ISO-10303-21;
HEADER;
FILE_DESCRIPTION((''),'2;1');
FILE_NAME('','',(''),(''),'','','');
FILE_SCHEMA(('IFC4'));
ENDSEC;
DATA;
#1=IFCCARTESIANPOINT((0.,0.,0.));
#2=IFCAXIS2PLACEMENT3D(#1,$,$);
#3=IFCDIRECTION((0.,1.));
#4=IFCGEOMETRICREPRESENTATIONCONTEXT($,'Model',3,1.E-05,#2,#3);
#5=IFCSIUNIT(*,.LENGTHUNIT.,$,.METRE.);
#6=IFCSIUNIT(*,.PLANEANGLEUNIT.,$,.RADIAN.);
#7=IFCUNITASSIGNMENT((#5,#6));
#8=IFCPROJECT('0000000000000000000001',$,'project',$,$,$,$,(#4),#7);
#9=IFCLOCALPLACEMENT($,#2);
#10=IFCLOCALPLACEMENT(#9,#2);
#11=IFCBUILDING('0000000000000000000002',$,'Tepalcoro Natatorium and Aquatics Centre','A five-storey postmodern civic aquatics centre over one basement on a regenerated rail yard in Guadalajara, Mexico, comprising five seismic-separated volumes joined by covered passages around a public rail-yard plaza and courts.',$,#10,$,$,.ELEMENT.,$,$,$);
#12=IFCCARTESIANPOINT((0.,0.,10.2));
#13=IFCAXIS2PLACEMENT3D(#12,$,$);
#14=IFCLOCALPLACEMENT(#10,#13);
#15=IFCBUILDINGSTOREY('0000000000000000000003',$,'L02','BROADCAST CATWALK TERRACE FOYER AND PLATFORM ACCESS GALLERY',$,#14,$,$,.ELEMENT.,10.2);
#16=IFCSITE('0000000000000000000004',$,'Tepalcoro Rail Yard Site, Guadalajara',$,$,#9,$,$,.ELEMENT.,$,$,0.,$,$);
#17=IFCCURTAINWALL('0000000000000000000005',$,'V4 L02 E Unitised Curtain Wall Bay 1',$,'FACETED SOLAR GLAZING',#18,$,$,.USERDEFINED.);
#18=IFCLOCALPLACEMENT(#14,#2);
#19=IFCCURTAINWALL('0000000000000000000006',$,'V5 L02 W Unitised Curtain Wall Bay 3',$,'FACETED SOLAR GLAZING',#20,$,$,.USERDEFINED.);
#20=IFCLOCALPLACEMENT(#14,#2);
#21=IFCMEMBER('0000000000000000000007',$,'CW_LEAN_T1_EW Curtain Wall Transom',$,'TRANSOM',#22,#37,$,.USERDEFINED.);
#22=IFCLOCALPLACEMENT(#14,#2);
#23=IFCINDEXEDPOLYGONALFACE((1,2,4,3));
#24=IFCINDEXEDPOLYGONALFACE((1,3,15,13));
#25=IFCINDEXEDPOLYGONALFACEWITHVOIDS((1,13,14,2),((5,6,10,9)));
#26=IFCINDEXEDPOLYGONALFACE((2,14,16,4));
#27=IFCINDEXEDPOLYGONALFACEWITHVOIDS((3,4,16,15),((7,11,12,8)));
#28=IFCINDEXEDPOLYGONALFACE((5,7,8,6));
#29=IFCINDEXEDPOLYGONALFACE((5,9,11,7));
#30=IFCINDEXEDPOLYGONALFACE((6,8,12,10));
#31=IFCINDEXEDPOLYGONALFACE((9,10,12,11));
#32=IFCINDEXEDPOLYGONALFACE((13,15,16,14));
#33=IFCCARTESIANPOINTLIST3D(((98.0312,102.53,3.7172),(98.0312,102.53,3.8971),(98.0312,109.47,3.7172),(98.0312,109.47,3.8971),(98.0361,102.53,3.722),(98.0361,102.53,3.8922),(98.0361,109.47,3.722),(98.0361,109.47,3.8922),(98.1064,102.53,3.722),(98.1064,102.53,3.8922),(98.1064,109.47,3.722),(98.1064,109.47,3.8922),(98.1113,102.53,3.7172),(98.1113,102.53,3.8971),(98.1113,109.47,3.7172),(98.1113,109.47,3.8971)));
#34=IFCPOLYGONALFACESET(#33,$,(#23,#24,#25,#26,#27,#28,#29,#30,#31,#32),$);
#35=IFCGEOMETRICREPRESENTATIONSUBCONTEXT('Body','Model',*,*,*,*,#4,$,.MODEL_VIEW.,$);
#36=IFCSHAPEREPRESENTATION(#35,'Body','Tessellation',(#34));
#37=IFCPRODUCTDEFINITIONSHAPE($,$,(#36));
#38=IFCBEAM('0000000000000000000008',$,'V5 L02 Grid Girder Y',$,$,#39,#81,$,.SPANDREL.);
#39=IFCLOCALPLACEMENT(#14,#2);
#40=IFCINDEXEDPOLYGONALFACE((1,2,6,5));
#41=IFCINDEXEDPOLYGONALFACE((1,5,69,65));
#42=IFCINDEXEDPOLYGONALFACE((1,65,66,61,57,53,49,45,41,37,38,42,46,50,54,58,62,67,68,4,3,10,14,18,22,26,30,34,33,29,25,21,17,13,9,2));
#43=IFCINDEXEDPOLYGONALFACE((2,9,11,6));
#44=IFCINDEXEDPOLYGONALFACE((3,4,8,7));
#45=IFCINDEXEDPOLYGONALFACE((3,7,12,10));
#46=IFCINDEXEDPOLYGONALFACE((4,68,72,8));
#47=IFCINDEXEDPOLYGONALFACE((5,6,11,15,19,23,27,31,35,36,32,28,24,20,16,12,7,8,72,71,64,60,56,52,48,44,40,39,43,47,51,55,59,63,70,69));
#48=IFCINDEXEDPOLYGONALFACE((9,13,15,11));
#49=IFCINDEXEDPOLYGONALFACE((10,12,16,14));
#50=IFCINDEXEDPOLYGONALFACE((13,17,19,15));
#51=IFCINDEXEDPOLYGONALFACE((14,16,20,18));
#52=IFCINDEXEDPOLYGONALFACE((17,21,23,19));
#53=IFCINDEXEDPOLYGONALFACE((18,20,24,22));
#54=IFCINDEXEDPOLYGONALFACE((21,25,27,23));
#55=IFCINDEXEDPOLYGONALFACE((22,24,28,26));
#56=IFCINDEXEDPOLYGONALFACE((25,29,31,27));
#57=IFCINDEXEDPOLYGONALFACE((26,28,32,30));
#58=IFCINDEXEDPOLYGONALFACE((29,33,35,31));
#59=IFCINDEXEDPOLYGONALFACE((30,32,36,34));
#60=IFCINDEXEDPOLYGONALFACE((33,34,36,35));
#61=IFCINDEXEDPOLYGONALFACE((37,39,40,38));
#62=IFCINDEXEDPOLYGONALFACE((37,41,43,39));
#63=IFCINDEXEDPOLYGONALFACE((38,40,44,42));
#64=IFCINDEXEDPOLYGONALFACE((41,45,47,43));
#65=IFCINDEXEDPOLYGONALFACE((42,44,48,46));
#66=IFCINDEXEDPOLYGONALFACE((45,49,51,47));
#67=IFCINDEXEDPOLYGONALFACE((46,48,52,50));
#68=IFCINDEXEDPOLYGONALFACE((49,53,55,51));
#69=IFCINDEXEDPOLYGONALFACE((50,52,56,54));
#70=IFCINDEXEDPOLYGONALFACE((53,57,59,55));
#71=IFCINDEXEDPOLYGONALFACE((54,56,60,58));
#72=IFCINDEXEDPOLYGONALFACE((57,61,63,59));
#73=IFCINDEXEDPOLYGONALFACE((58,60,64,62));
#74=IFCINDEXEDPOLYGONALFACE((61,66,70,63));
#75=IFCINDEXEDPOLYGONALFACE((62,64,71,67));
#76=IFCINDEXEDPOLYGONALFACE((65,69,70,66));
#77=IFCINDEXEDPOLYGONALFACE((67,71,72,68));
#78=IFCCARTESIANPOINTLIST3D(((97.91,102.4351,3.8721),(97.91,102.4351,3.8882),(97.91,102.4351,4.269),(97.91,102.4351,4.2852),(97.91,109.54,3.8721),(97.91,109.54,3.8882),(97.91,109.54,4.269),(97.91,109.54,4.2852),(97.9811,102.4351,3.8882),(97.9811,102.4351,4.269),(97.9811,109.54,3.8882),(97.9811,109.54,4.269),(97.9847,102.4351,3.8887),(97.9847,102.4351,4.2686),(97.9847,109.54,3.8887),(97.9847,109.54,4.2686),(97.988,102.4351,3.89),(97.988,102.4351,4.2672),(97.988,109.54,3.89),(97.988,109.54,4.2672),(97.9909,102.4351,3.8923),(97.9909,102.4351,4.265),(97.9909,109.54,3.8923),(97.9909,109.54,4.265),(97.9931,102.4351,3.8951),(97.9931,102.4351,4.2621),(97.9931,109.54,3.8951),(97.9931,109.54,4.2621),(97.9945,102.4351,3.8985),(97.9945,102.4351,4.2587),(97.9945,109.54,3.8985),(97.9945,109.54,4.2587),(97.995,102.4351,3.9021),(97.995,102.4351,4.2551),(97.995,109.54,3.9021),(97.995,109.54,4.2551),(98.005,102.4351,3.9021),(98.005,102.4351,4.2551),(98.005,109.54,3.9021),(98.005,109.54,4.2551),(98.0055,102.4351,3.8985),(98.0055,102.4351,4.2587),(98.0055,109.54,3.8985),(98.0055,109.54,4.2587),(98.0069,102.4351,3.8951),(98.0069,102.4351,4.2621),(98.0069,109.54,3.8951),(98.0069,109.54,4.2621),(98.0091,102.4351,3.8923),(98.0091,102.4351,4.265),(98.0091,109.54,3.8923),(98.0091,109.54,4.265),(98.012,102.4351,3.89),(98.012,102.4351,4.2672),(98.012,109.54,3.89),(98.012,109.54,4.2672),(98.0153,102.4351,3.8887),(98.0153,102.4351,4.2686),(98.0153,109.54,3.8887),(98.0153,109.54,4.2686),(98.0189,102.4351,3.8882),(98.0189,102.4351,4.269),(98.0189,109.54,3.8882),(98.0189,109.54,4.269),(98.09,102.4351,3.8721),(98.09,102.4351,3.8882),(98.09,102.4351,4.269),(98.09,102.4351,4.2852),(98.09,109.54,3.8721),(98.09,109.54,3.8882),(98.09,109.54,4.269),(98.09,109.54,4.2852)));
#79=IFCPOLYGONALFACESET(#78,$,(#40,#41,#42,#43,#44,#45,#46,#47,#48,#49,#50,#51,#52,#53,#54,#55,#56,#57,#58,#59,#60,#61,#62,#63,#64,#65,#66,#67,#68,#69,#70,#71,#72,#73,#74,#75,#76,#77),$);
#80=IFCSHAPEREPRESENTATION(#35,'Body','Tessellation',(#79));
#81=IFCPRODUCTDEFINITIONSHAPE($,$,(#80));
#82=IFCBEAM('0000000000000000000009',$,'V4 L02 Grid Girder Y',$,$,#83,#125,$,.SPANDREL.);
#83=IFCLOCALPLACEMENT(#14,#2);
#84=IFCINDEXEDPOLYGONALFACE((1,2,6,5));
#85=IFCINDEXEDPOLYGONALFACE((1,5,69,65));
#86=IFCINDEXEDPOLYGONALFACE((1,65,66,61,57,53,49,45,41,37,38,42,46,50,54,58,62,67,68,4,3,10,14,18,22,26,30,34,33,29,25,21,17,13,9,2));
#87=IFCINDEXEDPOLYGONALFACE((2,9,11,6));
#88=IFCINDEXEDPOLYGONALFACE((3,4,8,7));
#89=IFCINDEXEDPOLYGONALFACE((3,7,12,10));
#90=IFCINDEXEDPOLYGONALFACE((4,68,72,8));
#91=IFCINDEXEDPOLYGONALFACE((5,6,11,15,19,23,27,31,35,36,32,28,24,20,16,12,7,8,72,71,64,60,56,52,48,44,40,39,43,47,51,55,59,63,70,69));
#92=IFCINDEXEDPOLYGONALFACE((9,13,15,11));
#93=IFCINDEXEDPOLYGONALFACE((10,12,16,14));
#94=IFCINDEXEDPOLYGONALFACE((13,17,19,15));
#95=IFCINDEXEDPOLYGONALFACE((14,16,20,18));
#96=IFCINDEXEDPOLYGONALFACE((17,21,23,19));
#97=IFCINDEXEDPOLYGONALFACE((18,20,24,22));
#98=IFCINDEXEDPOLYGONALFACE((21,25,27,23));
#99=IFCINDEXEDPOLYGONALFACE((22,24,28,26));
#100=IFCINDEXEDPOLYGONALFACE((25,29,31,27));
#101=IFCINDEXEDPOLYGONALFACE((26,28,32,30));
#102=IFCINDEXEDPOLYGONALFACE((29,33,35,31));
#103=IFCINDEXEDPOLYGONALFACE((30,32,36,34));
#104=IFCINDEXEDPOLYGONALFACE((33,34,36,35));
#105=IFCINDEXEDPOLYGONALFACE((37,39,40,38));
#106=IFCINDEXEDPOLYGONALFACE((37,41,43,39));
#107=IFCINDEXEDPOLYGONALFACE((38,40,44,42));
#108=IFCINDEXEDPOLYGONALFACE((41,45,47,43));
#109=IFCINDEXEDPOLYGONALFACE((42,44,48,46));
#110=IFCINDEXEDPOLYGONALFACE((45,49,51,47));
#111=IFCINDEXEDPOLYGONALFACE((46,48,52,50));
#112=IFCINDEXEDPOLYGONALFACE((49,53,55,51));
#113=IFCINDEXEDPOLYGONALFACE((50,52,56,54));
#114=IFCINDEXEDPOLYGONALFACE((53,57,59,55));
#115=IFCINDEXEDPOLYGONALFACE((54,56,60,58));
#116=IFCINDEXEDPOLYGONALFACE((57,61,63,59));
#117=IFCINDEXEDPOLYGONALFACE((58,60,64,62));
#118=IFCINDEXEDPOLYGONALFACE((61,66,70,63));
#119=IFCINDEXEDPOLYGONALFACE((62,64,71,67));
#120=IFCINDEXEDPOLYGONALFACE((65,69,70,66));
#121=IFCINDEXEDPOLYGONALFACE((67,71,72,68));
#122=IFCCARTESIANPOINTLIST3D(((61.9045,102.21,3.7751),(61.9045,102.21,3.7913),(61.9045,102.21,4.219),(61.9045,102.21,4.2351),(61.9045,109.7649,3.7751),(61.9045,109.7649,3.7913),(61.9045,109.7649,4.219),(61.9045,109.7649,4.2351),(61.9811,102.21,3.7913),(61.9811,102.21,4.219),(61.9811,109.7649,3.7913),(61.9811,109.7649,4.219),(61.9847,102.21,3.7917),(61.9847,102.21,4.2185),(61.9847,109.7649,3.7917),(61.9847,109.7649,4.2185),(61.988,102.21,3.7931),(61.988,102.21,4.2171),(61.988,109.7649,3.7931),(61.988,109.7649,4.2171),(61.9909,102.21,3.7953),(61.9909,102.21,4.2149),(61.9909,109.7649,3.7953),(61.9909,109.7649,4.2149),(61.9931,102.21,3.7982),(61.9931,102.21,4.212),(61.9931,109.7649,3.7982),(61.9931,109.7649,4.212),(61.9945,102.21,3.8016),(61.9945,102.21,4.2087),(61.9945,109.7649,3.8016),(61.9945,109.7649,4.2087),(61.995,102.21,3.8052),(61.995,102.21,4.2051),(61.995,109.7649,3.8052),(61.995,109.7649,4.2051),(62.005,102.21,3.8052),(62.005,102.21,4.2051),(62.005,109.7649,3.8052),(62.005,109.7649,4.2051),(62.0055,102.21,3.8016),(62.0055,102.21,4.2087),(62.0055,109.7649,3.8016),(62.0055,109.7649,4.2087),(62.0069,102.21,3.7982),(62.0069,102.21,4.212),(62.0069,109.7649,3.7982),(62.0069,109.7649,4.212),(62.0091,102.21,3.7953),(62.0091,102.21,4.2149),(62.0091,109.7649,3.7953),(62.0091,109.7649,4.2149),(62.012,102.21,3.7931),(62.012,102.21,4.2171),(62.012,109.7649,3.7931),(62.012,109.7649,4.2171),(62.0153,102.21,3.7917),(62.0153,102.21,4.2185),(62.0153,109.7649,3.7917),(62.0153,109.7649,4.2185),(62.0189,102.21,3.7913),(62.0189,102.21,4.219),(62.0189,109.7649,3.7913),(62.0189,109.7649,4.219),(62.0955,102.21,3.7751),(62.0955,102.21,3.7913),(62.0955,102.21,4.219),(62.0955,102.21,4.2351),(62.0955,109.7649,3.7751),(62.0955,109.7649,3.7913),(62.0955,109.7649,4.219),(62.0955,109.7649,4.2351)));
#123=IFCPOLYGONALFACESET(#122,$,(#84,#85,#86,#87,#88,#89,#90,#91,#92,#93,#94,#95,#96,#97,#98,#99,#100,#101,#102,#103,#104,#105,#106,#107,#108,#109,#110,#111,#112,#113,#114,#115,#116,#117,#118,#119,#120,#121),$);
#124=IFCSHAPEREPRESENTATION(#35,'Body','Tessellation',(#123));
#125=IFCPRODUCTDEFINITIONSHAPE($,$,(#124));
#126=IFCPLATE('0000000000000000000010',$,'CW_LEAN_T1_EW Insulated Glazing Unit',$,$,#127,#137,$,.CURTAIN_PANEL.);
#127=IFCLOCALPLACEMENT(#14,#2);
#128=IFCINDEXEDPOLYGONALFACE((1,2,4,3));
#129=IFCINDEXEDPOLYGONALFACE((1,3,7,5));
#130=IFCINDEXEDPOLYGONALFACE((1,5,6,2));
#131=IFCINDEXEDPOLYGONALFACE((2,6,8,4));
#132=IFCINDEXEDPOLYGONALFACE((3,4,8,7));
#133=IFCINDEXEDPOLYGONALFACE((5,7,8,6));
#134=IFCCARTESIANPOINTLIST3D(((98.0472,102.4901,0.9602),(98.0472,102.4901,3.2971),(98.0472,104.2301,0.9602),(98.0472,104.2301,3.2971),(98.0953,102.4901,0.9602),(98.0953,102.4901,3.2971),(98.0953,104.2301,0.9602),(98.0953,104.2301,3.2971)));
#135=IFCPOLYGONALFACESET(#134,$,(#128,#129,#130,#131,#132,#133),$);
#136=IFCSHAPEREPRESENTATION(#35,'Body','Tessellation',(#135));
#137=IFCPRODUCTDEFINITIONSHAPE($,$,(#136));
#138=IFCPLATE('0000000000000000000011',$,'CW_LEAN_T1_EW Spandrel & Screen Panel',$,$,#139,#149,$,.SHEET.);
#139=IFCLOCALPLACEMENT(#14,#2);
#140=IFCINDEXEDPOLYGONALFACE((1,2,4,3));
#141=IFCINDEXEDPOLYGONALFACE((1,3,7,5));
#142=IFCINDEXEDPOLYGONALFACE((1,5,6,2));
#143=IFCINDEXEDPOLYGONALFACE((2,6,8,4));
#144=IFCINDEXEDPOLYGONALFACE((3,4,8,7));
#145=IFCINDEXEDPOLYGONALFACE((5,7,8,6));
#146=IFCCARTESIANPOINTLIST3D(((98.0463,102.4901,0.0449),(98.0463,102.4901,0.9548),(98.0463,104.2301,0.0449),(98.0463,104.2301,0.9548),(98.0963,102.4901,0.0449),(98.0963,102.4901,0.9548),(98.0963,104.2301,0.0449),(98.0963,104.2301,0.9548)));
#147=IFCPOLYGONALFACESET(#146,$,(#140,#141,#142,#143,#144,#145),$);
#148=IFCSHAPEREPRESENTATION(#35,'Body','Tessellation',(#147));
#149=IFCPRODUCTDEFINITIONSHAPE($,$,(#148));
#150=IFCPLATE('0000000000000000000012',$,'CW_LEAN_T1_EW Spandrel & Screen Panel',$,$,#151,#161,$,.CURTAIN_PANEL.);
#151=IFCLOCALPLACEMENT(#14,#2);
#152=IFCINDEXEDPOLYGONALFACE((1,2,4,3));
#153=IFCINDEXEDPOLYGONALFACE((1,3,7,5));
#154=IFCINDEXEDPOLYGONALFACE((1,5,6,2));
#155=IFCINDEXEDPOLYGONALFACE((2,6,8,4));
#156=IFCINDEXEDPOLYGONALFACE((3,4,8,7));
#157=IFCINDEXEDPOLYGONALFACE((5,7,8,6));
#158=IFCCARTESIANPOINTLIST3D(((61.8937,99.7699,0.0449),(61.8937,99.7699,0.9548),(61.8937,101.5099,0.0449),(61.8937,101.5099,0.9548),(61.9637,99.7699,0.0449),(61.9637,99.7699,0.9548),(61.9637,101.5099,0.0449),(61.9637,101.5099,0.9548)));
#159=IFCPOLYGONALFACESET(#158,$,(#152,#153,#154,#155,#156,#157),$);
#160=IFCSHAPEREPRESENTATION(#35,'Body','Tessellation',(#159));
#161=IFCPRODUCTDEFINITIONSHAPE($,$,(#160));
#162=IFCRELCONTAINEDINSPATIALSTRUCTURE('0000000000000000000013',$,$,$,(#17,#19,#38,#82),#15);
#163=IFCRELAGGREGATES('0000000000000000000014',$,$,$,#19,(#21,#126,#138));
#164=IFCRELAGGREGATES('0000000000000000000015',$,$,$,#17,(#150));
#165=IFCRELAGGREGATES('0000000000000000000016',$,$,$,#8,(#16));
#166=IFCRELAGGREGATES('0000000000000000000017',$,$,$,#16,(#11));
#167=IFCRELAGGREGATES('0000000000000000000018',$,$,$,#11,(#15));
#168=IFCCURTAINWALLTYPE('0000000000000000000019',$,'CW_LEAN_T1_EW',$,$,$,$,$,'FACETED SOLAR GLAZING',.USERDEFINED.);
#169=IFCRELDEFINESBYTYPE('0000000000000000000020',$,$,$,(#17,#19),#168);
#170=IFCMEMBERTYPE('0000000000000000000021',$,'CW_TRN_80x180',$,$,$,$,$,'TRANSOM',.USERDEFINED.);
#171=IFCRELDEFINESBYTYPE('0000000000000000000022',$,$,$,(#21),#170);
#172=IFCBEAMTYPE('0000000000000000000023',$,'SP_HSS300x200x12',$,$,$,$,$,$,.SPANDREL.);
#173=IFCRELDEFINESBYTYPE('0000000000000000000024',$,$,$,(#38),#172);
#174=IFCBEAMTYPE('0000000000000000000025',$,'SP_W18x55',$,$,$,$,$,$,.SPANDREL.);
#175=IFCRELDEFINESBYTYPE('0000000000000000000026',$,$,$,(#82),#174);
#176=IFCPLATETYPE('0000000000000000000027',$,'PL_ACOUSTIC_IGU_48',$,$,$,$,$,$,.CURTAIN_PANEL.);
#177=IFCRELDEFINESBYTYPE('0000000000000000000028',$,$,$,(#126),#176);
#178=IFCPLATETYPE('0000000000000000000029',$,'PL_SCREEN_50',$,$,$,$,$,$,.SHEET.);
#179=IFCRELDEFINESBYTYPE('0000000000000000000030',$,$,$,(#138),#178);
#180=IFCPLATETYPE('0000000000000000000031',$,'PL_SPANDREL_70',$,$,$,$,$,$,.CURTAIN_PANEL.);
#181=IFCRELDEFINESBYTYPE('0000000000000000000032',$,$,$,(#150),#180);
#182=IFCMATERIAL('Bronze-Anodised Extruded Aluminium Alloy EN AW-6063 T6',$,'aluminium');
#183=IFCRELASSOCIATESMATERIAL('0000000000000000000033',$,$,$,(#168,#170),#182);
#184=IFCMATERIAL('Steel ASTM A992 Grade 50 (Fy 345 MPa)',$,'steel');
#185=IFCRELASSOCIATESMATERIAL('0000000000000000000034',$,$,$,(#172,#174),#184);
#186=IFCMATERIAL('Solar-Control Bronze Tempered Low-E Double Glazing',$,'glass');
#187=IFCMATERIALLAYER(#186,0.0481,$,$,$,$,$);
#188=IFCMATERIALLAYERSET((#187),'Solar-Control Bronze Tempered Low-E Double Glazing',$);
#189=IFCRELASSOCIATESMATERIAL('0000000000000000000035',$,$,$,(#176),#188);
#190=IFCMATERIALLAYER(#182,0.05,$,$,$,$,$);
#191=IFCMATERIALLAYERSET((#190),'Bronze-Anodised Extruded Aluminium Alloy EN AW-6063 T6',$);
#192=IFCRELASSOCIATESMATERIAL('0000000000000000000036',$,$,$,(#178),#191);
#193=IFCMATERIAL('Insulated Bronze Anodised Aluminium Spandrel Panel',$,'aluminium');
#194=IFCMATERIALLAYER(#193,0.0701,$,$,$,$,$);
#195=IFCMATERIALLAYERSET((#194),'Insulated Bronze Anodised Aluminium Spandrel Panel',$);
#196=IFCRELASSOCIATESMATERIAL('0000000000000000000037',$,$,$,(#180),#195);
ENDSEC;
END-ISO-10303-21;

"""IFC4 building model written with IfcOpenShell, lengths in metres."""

from ifc_helpers import new_model, si_unit, direction, frame, origin, origin_2d, place, context, subcontext, project, spatial, rectangle, hollow_rectangle, i_section, extrude, material, layer, layer_set, material_profile, profile_set, type_object, element, aggregate, save


model = new_model("IFC4")

# Units and contexts
model_context = context("Model", 3, precision=1e-05, world=origin(), true_north=direction((0.0, 1.0)))
body_context = subcontext(model_context, "Body", "Model", "MODEL_VIEW")
ifc_project = project(units=[si_unit("LENGTHUNIT", "METRE"), si_unit("PLANEANGLEUNIT", "RADIAN")], contexts=[model_context])

# Site, building, storey
site_placement = place(None, origin())
site = spatial("IfcSite", under=ifc_project, at=site_placement, Name="Tepalcoro Rail Yard Site, Guadalajara", CompositionType="ELEMENT", RefElevation=0.0)
building_placement = place(site_placement, origin())
building = spatial("IfcBuilding", under=site, at=building_placement, Name="Tepalcoro Natatorium and Aquatics Centre", Description="A five-storey postmodern civic aquatics centre over one basement on a regenerated rail yard in Guadalajara, Mexico, comprising five seismic-separated volumes joined by covered passages around a public rail-yard plaza and courts.", CompositionType="ELEMENT")
storey_placement = place(building_placement, frame((0.0, 0.0, 10.2)))
storey = spatial("IfcBuildingStorey", under=building, at=storey_placement, Name="L02", Description="BROADCAST CATWALK TERRACE FOYER AND PLATFORM ACCESS GALLERY", CompositionType="ELEMENT", Elevation=10.2)

# Shared definitions
ifc_material_1 = material(Name="Steel ASTM A992 Grade 50 (Fy 345 MPa)", Category="steel")

# Curtain wall
ifc_material_2 = material(Name="Bronze-Anodised Extruded Aluminium Alloy EN AW-6063 T6", Category="aluminium")
curtain_wall_type = type_object("IfcCurtainWallType", Name="CW_LEAN_T1_EW", ElementType="FACETED SOLAR GLAZING", PredefinedType="USERDEFINED", material=ifc_material_2)
curtain_wall_1_placement = place(storey_placement, origin())
curtain_wall_1 = element("IfcCurtainWall", 1, at=curtain_wall_1_placement, inside=storey, type_object=curtain_wall_type, Name="V4 L02 E Unitised Curtain Wall Bay 1", ObjectType="FACETED SOLAR GLAZING", PredefinedType="USERDEFINED")

# Curtain wall, member
curtain_wall_2_placement = place(storey_placement, origin())
curtain_wall_2 = element("IfcCurtainWall", 2, at=curtain_wall_2_placement, inside=storey, type_object=curtain_wall_type, Name="V5 L02 W Unitised Curtain Wall Bay 3", ObjectType="FACETED SOLAR GLAZING", PredefinedType="USERDEFINED")
ifc_material_profile_1 = material_profile(ifc_material_2, hollow_rectangle(XDim=0.0801, YDim=0.1799, WallThickness=0.0049, at=origin_2d()), Name="AL80X180X5")
ifc_profile_set_1 = profile_set([ifc_material_profile_1], Name="Bronze-Anodised Extruded Aluminium Alloy EN AW-6063 T6")
member_type_1 = type_object("IfcMemberType", Name="CW_TRN_80x180", ElementType="TRANSOM", PredefinedType="USERDEFINED", material=ifc_profile_set_1)
member_1_placement = place(storey_placement, frame((98.0713, 102.53, 3.8071), z_axis=(0.0, 1.0, 0.0), x_axis=(-1.0, 0.0, 0.0)))
member_1 = element("IfcMember", 3, at=member_1_placement, type_object=member_type_1, Name="CW_LEAN_T1_EW Curtain Wall Transom", ObjectType="TRANSOM", PredefinedType="USERDEFINED", context=body_context, shape_type="SweptSolid", body=[
    extrude(hollow_rectangle(XDim=0.0801, YDim=0.1799, WallThickness=0.0049, at=origin_2d()), origin(), (0.0, 0.0, 1.0), 6.9399),
])

# Beams
ifc_material_profile_2 = material_profile(ifc_material_1, i_section(OverallWidth=0.1799, OverallDepth=0.4131, WebThickness=0.01, FlangeThickness=0.0161, FilletRadius=0.0139, at=origin_2d()), Name="W16X50")
ifc_profile_set_2 = profile_set([ifc_material_profile_2], Name="Steel ASTM A992 Grade 50 (Fy 345 MPa)")
beam_type_1 = type_object("IfcBeamType", Name="SP_HSS300x200x12", PredefinedType="SPANDREL", material=ifc_profile_set_2)
beam_1_placement = place(storey_placement, frame((98.0, 102.4351, 4.0786), z_axis=(0.0, 1.0, 0.0), x_axis=(-1.0, 0.0, 0.0)))
element("IfcBeam", 4, at=beam_1_placement, inside=storey, type_object=beam_type_1, Name="V5 L02 Grid Girder Y", PredefinedType="SPANDREL", context=body_context, shape_type="SweptSolid", body=[
    extrude(i_section(OverallWidth=0.1799, OverallDepth=0.4131, WebThickness=0.01, FlangeThickness=0.0161, FilletRadius=0.0139, at=origin_2d()), origin(), (0.0, 0.0, 1.0), 7.105),
])
ifc_material_profile_3 = material_profile(ifc_material_1, i_section(OverallWidth=0.1909, OverallDepth=0.46, WebThickness=0.01, FlangeThickness=0.0161, FilletRadius=0.0139, at=origin_2d()), Name="W18X55")
ifc_profile_set_3 = profile_set([ifc_material_profile_3], Name="Steel ASTM A992 Grade 50 (Fy 345 MPa)")
beam_type_2 = type_object("IfcBeamType", Name="SP_W18x55", PredefinedType="SPANDREL", material=ifc_profile_set_3)
beam_2_placement = place(storey_placement, frame((62.0, 102.21, 4.0051), z_axis=(0.0, 1.0, 0.0), x_axis=(-1.0, 0.0, 0.0)))
element("IfcBeam", 5, at=beam_2_placement, inside=storey, type_object=beam_type_2, Name="V4 L02 Grid Girder Y", PredefinedType="SPANDREL", context=body_context, shape_type="SweptSolid", body=[
    extrude(i_section(OverallWidth=0.1909, OverallDepth=0.46, WebThickness=0.01, FlangeThickness=0.0161, FilletRadius=0.0139, at=origin_2d()), origin(), (0.0, 0.0, 1.0), 7.5549),
])

# Plates
ifc_material_3 = material(Name="Solar-Control Bronze Tempered Low-E Double Glazing", Category="glass")
ifc_layer_1 = layer(ifc_material_3, 0.0481)
ifc_layer_set_1 = layer_set([ifc_layer_1], Name="Solar-Control Bronze Tempered Low-E Double Glazing")
plate_type_1 = type_object("IfcPlateType", Name="PL_ACOUSTIC_IGU_48", PredefinedType="CURTAIN_PANEL", material=ifc_layer_set_1)
plate_1_placement = place(storey_placement, frame((98.0713, 103.3601, 0.9602), z_axis=(0.0, 0.0, 1.0), x_axis=(1.0, 0.0, 0.0)))
plate_1 = element("IfcPlate", 6, at=plate_1_placement, type_object=plate_type_1, Name="CW_LEAN_T1_EW Insulated Glazing Unit", PredefinedType="CURTAIN_PANEL", context=body_context, shape_type="SweptSolid", body=[
    extrude(rectangle(XDim=0.0481, YDim=1.74, at=origin_2d()), origin(), (0.0, 0.0, 1.0), 2.3369),
])
ifc_layer_2 = layer(ifc_material_2, 0.05)
ifc_layer_set_2 = layer_set([ifc_layer_2], Name="Bronze-Anodised Extruded Aluminium Alloy EN AW-6063 T6")
plate_type_2 = type_object("IfcPlateType", Name="PL_SCREEN_50", PredefinedType="SHEET", material=ifc_layer_set_2)
plate_2_placement = place(storey_placement, frame((98.0713, 103.3601, 0.0449), z_axis=(0.0, 0.0, 1.0), x_axis=(1.0, 0.0, 0.0)))
plate_2 = element("IfcPlate", 7, at=plate_2_placement, type_object=plate_type_2, Name="CW_LEAN_T1_EW Spandrel & Screen Panel", PredefinedType="SHEET", context=body_context, shape_type="SweptSolid", body=[
    extrude(rectangle(XDim=0.05, YDim=1.74, at=origin_2d()), origin(), (0.0, 0.0, 1.0), 0.9099),
])
aggregate(curtain_wall_2, [member_1, plate_1, plate_2])
ifc_material_4 = material(Name="Insulated Bronze Anodised Aluminium Spandrel Panel", Category="aluminium")
ifc_layer_3 = layer(ifc_material_4, 0.0701)
ifc_layer_set_3 = layer_set([ifc_layer_3], Name="Insulated Bronze Anodised Aluminium Spandrel Panel")
plate_type_3 = type_object("IfcPlateType", Name="PL_SPANDREL_70", PredefinedType="CURTAIN_PANEL", material=ifc_layer_set_3)
plate_3_placement = place(storey_placement, frame((61.9287, 100.6399, 0.0449), z_axis=(0.0, 0.0, 1.0), x_axis=(1.0, 0.0, 0.0)))
plate_3 = element("IfcPlate", 8, at=plate_3_placement, type_object=plate_type_3, Name="CW_LEAN_T1_EW Spandrel & Screen Panel", PredefinedType="CURTAIN_PANEL", context=body_context, shape_type="SweptSolid", body=[
    extrude(rectangle(XDim=0.0701, YDim=1.74, at=origin_2d()), origin(), (0.0, 0.0, 1.0), 0.9099),
])
aggregate(curtain_wall_1, [plate_3])

save(model, "model.ifc")
